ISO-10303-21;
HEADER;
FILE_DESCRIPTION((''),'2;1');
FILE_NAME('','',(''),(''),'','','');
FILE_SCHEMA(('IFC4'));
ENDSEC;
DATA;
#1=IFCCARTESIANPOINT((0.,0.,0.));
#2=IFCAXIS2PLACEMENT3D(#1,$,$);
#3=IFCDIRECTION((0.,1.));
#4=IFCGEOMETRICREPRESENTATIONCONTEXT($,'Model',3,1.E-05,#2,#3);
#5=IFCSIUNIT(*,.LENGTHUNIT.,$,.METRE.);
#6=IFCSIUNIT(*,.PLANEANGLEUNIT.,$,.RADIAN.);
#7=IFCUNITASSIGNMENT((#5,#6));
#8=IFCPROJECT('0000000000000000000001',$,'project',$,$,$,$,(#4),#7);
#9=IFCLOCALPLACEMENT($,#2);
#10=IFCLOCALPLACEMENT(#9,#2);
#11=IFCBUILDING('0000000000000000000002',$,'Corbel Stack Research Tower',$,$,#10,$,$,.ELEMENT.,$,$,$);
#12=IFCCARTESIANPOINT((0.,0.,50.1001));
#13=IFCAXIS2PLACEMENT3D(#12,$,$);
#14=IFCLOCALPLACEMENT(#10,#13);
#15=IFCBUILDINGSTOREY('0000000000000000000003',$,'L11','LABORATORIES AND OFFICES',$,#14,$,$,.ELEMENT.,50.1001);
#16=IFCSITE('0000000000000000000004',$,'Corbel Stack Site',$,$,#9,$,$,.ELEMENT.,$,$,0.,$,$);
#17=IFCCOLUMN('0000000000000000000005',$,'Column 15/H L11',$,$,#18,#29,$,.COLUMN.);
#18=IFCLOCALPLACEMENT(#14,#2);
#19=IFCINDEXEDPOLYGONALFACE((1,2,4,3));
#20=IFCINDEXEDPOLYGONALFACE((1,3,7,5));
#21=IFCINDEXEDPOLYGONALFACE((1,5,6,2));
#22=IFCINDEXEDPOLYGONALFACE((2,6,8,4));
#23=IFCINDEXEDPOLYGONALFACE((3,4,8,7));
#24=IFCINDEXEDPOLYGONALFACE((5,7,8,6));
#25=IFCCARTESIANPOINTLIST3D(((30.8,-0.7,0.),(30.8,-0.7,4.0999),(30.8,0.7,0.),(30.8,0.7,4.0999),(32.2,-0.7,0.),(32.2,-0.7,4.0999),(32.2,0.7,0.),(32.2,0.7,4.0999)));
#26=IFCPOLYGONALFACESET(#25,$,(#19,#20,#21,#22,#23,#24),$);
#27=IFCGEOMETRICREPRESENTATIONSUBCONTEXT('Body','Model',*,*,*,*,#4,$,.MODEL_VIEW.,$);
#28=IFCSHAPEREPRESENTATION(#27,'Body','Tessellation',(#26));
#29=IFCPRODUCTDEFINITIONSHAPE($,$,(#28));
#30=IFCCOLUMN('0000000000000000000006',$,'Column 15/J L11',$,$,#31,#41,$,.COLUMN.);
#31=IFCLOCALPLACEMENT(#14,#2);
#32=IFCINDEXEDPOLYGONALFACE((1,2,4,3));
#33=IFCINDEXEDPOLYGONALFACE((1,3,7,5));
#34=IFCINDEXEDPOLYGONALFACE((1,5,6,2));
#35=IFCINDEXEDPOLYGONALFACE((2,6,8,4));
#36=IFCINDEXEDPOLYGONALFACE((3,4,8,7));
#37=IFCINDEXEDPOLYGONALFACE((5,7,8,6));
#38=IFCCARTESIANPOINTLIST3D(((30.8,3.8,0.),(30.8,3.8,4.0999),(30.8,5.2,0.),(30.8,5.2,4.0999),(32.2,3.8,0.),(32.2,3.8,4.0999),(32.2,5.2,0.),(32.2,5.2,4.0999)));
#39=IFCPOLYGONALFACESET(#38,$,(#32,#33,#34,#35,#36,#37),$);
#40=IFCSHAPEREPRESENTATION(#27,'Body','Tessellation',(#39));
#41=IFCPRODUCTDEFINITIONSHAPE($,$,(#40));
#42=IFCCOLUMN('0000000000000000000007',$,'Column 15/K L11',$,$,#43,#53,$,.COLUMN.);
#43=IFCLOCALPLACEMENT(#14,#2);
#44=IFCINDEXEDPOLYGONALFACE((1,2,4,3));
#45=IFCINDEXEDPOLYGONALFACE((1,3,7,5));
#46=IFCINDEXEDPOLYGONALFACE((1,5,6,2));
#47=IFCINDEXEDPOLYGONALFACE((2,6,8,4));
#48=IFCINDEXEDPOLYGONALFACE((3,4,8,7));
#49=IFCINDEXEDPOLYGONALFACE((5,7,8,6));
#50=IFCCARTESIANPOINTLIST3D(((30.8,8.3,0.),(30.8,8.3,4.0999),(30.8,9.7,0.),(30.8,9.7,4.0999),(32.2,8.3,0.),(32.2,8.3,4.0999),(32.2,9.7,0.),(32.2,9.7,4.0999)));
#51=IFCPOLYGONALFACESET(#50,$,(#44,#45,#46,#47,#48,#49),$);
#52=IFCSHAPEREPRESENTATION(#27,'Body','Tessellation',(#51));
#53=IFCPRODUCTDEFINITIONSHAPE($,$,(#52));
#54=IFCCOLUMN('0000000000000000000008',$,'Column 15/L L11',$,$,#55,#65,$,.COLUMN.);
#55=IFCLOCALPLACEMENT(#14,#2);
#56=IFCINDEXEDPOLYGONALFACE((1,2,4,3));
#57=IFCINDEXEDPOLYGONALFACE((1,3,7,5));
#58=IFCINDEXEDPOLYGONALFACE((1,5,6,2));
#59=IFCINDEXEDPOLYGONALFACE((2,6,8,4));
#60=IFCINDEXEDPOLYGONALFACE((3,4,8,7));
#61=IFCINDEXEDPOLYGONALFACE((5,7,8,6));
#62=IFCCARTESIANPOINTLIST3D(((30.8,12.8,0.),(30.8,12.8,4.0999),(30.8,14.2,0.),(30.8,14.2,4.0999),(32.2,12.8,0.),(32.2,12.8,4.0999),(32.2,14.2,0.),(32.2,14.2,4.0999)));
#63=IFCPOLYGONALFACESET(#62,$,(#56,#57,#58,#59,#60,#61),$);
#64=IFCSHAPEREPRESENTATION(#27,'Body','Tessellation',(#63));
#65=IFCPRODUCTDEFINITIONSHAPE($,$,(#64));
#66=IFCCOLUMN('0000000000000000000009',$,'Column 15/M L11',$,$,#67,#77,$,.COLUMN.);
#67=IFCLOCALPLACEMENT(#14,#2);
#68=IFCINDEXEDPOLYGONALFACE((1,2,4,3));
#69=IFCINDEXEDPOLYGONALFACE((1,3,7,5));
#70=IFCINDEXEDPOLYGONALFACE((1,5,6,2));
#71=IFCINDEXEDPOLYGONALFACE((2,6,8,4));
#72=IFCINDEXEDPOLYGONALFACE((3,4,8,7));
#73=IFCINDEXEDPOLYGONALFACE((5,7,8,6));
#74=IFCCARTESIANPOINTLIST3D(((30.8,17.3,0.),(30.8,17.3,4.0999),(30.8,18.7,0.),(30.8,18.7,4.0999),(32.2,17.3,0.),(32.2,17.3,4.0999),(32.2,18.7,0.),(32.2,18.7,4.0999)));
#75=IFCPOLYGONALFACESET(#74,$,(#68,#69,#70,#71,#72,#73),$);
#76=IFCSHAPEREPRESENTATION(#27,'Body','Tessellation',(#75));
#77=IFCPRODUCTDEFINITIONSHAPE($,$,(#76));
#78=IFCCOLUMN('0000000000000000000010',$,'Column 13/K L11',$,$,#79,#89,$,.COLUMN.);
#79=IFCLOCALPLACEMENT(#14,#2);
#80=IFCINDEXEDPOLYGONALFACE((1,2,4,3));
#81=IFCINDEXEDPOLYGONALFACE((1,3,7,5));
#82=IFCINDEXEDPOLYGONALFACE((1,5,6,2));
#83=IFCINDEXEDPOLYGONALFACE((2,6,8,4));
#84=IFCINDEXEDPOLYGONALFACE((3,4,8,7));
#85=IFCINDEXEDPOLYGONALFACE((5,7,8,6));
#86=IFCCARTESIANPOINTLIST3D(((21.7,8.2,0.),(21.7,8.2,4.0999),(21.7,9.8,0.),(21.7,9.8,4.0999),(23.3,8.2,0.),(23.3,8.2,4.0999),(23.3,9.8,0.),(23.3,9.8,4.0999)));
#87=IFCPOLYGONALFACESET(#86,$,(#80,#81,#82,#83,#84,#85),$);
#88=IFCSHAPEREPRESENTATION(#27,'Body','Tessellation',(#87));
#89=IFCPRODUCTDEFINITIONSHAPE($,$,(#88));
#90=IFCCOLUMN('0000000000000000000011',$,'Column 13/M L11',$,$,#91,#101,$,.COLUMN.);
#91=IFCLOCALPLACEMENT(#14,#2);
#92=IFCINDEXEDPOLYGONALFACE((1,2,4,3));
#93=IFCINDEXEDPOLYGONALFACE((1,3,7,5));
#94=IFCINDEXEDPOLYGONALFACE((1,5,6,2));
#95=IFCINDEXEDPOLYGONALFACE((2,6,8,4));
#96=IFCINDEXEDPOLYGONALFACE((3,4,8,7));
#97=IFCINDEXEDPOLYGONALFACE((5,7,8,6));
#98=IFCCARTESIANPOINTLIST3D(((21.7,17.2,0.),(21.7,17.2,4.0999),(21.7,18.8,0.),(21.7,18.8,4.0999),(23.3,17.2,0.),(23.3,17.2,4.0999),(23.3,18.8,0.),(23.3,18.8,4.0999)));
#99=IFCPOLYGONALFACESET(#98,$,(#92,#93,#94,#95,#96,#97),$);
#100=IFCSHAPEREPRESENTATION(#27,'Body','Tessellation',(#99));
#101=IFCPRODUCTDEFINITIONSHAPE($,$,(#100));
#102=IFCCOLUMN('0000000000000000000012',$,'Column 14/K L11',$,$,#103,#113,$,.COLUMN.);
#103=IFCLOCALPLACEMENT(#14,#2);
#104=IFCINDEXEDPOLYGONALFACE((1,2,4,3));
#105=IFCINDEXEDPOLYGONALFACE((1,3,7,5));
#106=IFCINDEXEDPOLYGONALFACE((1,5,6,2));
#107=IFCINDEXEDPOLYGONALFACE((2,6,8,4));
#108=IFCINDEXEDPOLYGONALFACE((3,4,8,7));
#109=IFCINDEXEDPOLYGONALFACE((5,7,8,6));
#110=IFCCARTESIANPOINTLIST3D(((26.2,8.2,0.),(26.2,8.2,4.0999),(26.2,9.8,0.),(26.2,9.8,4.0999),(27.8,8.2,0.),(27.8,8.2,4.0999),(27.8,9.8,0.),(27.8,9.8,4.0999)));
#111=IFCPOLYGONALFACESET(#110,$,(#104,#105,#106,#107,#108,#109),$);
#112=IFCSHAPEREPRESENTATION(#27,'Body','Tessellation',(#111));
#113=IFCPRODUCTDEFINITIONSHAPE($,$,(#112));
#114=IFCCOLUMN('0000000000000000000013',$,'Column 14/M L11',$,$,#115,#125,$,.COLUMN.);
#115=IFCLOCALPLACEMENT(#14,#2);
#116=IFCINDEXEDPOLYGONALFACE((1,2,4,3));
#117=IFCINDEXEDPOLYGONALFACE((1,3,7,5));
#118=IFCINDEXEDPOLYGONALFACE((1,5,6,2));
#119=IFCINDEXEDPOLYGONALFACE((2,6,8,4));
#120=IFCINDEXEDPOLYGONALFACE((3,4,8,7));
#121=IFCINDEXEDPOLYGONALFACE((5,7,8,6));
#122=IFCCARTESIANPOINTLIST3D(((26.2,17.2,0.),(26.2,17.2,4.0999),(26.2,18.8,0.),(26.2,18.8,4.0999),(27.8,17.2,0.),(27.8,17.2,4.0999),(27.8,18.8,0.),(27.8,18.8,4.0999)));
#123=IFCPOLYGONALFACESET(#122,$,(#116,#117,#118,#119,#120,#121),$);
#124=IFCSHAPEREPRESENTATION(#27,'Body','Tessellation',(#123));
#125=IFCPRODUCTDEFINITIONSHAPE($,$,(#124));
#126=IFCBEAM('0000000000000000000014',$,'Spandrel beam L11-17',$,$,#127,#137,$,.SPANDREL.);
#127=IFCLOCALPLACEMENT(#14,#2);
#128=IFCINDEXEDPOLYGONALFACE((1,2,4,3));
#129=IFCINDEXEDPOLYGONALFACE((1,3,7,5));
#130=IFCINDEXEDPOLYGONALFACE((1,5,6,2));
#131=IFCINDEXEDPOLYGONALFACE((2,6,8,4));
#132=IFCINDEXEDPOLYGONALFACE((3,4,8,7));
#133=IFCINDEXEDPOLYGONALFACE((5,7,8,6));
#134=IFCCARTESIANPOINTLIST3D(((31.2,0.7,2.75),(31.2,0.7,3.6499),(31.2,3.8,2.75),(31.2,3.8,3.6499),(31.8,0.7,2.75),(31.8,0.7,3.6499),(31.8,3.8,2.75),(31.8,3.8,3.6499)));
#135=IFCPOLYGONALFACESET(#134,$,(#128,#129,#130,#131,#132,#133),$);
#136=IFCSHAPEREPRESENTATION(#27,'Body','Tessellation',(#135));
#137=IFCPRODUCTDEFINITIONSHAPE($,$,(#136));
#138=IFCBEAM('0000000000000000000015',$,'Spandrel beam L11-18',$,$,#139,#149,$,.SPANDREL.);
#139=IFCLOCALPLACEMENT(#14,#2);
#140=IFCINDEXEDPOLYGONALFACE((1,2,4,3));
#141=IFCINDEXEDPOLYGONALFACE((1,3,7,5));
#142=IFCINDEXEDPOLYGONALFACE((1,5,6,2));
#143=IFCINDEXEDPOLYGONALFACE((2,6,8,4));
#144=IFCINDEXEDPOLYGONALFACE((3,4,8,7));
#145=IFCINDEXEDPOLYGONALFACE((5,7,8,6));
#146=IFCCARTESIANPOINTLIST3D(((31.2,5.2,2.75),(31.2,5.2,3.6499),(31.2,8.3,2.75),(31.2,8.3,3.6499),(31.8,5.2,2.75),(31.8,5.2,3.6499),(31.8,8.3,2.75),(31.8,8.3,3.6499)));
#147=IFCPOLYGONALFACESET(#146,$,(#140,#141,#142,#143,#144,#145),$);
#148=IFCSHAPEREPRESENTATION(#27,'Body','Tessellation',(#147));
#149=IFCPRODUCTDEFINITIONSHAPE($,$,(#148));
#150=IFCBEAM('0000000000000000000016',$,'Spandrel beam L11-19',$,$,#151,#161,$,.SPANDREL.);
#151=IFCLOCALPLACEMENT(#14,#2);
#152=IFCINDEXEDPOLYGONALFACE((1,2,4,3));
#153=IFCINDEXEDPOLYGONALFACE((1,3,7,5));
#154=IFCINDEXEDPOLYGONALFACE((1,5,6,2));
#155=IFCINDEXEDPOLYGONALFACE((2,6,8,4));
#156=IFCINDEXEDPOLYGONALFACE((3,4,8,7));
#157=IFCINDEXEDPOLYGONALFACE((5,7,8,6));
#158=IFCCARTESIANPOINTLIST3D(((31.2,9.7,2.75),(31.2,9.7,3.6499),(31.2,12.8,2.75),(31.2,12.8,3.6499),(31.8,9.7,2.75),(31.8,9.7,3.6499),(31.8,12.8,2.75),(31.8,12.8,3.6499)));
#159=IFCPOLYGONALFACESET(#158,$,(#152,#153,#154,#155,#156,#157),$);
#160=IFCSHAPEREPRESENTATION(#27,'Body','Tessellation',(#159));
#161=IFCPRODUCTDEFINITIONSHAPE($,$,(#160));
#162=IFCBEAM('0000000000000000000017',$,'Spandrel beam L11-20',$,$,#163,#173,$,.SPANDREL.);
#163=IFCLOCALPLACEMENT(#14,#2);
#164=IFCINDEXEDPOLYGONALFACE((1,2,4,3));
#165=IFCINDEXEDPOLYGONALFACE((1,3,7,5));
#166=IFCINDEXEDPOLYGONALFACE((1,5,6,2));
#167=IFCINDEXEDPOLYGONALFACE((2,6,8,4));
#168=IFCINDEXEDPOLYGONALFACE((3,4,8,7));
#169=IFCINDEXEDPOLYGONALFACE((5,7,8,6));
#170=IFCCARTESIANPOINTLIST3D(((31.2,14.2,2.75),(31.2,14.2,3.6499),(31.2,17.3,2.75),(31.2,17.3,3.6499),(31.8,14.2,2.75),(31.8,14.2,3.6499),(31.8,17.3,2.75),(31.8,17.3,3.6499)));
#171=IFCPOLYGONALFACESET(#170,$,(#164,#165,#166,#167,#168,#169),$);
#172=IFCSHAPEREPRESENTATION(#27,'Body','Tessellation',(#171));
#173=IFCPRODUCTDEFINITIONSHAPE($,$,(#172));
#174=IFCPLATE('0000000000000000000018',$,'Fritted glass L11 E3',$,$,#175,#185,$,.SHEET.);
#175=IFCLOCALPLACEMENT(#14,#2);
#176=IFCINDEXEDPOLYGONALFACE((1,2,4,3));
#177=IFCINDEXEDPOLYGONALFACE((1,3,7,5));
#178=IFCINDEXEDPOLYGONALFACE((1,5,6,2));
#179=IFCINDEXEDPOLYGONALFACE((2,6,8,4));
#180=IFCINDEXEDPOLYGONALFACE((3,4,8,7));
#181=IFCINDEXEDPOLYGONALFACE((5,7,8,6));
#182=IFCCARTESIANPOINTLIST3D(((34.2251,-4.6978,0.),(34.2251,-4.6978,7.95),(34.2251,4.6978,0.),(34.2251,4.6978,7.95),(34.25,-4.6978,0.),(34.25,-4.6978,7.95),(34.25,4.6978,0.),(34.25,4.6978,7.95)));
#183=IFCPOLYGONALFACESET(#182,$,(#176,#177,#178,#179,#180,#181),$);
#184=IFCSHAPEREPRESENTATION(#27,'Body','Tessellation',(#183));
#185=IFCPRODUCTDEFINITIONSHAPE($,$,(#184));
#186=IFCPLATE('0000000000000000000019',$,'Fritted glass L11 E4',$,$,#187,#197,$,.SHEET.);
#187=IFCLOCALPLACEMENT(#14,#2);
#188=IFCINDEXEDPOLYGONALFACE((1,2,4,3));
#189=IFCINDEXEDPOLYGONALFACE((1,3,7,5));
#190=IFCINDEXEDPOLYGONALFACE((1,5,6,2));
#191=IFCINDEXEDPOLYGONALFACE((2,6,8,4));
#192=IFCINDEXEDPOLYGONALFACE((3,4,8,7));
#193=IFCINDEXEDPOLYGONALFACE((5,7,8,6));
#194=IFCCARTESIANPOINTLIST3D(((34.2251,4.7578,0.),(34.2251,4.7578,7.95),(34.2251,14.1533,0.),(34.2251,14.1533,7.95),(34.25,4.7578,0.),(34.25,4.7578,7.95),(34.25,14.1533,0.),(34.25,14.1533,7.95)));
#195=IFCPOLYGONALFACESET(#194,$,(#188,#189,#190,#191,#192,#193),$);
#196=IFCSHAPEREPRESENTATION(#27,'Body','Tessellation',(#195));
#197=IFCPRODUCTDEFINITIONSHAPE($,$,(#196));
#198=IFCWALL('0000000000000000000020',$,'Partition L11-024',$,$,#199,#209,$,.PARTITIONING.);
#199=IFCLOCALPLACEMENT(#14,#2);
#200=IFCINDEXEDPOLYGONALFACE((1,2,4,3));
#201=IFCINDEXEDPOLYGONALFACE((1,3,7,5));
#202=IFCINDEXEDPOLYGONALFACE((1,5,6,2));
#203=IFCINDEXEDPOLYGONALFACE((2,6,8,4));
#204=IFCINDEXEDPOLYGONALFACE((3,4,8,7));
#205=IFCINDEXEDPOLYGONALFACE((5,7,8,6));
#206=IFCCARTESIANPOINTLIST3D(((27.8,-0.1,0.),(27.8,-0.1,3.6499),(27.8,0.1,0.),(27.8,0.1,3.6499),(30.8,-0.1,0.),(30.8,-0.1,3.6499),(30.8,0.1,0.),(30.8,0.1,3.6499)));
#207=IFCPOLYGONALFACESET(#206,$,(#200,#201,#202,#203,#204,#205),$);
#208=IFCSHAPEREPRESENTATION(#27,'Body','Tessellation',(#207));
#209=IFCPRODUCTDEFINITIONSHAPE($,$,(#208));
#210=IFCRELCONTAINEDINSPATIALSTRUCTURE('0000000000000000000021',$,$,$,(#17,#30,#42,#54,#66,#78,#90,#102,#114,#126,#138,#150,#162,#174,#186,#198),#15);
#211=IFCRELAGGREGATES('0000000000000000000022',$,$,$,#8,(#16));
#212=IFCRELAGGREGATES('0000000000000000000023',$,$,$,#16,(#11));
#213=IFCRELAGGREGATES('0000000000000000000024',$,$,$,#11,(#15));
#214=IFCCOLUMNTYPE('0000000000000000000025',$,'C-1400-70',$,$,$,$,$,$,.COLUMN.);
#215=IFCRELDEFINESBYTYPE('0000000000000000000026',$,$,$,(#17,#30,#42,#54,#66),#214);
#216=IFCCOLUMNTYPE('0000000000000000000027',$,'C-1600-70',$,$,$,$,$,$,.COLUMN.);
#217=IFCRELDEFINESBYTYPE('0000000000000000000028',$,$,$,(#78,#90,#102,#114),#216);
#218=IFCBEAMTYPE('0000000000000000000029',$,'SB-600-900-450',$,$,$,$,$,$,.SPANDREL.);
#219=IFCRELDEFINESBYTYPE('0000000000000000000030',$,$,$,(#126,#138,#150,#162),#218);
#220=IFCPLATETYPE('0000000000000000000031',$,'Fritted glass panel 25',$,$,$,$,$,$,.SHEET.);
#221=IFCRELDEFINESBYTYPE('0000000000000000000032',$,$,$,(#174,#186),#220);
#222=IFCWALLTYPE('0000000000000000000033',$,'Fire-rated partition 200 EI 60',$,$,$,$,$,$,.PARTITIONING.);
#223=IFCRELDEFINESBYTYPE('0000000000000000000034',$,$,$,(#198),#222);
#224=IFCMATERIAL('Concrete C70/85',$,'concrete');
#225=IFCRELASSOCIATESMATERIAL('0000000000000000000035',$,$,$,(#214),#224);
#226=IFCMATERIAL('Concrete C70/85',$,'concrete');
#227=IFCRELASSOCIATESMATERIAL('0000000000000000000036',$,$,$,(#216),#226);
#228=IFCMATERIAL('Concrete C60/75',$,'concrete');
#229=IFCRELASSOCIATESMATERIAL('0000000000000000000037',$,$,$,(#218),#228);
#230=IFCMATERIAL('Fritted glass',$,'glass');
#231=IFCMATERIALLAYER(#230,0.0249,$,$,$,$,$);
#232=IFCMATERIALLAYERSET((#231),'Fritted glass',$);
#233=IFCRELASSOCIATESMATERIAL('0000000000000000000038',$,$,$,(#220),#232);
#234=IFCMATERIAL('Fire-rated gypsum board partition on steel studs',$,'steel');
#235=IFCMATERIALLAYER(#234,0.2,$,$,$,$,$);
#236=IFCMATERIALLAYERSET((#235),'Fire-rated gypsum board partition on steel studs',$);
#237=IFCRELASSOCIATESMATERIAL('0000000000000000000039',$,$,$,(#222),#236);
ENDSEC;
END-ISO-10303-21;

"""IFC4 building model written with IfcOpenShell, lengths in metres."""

from ifc_helpers import new_model, si_unit, direction, frame, frame_2d, origin, origin_2d, place, context, subcontext, project, spatial, rectangle, extrude, material, layer, layer_set, material_profile, profile_set, type_object, element, save


model = new_model("IFC4")

# Units and contexts
model_context = context("Model", 3, precision=1e-05, world=origin(), true_north=direction((0.0, 1.0)))
body_context = subcontext(model_context, "Body", "Model", "MODEL_VIEW")
ifc_project = project(units=[si_unit("LENGTHUNIT", "METRE"), si_unit("PLANEANGLEUNIT", "RADIAN")], contexts=[model_context])

# Site, building, storey
site_placement = place(None, origin())
site = spatial("IfcSite", under=ifc_project, at=site_placement, Name="Corbel Stack Site", CompositionType="ELEMENT", RefElevation=0.0)
building_placement = place(site_placement, origin())
building = spatial("IfcBuilding", under=site, at=building_placement, Name="Corbel Stack Research Tower", CompositionType="ELEMENT")
storey_placement = place(building_placement, frame((0.0, 0.0, 50.1001)))
storey = spatial("IfcBuildingStorey", under=building, at=storey_placement, Name="L11", Description="LABORATORIES AND OFFICES", CompositionType="ELEMENT", Elevation=50.1001)

# Columns
ifc_material_1 = material(Name="Concrete C70/85", Category="concrete")
ifc_material_profile_1 = material_profile(ifc_material_1, rectangle(XDim=1.3999, YDim=1.3999, at=origin_2d()), Name="RC 1400 x 1400")
ifc_profile_set_1 = profile_set([ifc_material_profile_1], Name="Concrete C70/85")
column_type_1 = type_object("IfcColumnType", Name="C-1400-70", PredefinedType="COLUMN", material=ifc_profile_set_1)
for number, where, z_axis, x_axis, name in (
    (1, (31.5, 0.0, 0.0), (0.0, 0.0, 1.0), (1.0, 0.0, 0.0), "Column 15/H L11"),
    (2, (31.5, 4.5, 0.0), (0.0, 0.0, 1.0), (1.0, 0.0, 0.0), "Column 15/J L11"),
    (3, (31.5, 9.0, 0.0), (0.0, 0.0, 1.0), (1.0, 0.0, 0.0), "Column 15/K L11"),
    (4, (31.5, 13.5, 0.0), (0.0, 0.0, 1.0), (1.0, 0.0, 0.0), "Column 15/L L11"),
    (5, (31.5, 18.0, 0.0), (0.0, 0.0, 1.0), (1.0, 0.0, 0.0), "Column 15/M L11"),
):
    element("IfcColumn", number, at=place(storey_placement, frame(where, z_axis=z_axis, x_axis=x_axis)), inside=storey, type_object=column_type_1, Name=name, PredefinedType="COLUMN", context=body_context, shape_type="SweptSolid", body=[
        extrude(rectangle(XDim=1.3999, YDim=1.3999, at=origin_2d()), origin(), (0.0, 0.0, 1.0), 4.0999),
    ])
ifc_material_2 = material(Name="Concrete C70/85", Category="concrete")
ifc_material_profile_2 = material_profile(ifc_material_2, rectangle(XDim=1.6001, YDim=1.6001, at=origin_2d()), Name="RC 1600 x 1600")
ifc_profile_set_2 = profile_set([ifc_material_profile_2], Name="Concrete C70/85")
column_type_2 = type_object("IfcColumnType", Name="C-1600-70", PredefinedType="COLUMN", material=ifc_profile_set_2)
for number, where, z_axis, x_axis, name in (
    (6, (22.5, 9.0, 0.0), (0.0, 0.0, 1.0), (1.0, 0.0, 0.0), "Column 13/K L11"),
    (7, (22.5, 18.0, 0.0), (0.0, 0.0, 1.0), (1.0, 0.0, 0.0), "Column 13/M L11"),
    (8, (27.0, 9.0, 0.0), (0.0, 0.0, 1.0), (1.0, 0.0, 0.0), "Column 14/K L11"),
    (9, (27.0, 18.0, 0.0), (0.0, 0.0, 1.0), (1.0, 0.0, 0.0), "Column 14/M L11"),
):
    element("IfcColumn", number, at=place(storey_placement, frame(where, z_axis=z_axis, x_axis=x_axis)), inside=storey, type_object=column_type_2, Name=name, PredefinedType="COLUMN", context=body_context, shape_type="SweptSolid", body=[
        extrude(rectangle(XDim=1.6001, YDim=1.6001, at=origin_2d()), origin(), (0.0, 0.0, 1.0), 4.0999),
    ])

# Beams
ifc_material_3 = material(Name="Concrete C60/75", Category="concrete")
ifc_material_profile_3 = material_profile(ifc_material_3, rectangle(XDim=0.6001, YDim=0.8999, at=origin_2d()), Name="RC 600 x 900")
ifc_profile_set_3 = profile_set([ifc_material_profile_3], Name="Concrete C60/75")
beam_type = type_object("IfcBeamType", Name="SB-600-900-450", PredefinedType="SPANDREL", material=ifc_profile_set_3)
for number, where, z_axis, x_axis, name in (
    (10, (31.5, 0.7, 3.2), (0.0, 1.0, 0.0), (-1.0, 0.0, 0.0), "Spandrel beam L11-17"),
    (11, (31.5, 5.2, 3.2), (0.0, 1.0, 0.0), (-1.0, 0.0, 0.0), "Spandrel beam L11-18"),
    (12, (31.5, 9.7, 3.2), (0.0, 1.0, 0.0), (-1.0, 0.0, 0.0), "Spandrel beam L11-19"),
    (13, (31.5, 14.2, 3.2), (0.0, 1.0, 0.0), (-1.0, 0.0, 0.0), "Spandrel beam L11-20"),
):
    element("IfcBeam", number, at=place(storey_placement, frame(where, z_axis=z_axis, x_axis=x_axis)), inside=storey, type_object=beam_type, Name=name, PredefinedType="SPANDREL", context=body_context, shape_type="SweptSolid", body=[
        extrude(rectangle(XDim=0.6001, YDim=0.8999, at=origin_2d()), origin(), (0.0, 0.0, 1.0), 3.1001),
    ])

# Plates
ifc_material_4 = material(Name="Fritted glass", Category="glass")
ifc_layer_1 = layer(ifc_material_4, 0.0249)
ifc_layer_set_1 = layer_set([ifc_layer_1], Name="Fritted glass")
plate_type = type_object("IfcPlateType", Name="Fritted glass panel 25", PredefinedType="SHEET", material=ifc_layer_set_1)
for number, where, z_axis, x_axis, name in (
    (14, (34.2375, 0.0, 0.0), (0.0, 0.0, 1.0), (0.0, 1.0, 0.0), "Fritted glass L11 E3"),
    (15, (34.2375, 9.4556, 0.0), (0.0, 0.0, 1.0), (0.0, 1.0, 0.0), "Fritted glass L11 E4"),
):
    element("IfcPlate", number, at=place(storey_placement, frame(where, z_axis=z_axis, x_axis=x_axis)), inside=storey, type_object=plate_type, Name=name, PredefinedType="SHEET", context=body_context, shape_type="SweptSolid", body=[
        extrude(rectangle(XDim=9.3955, YDim=0.0249, at=origin_2d()), origin(), (0.0, 0.0, 1.0), 7.95),
    ])

# Wall
ifc_material_5 = material(Name="Fire-rated gypsum board partition on steel studs", Category="steel")
ifc_layer_2 = layer(ifc_material_5, 0.2)
ifc_layer_set_2 = layer_set([ifc_layer_2], Name="Fire-rated gypsum board partition on steel studs")
wall_type_1 = type_object("IfcWallType", Name="Fire-rated partition 200 EI 60", PredefinedType="PARTITIONING", material=ifc_layer_set_2)
wall_1_placement = place(storey_placement, frame((27.8, 0.0, 0.0), z_axis=(0.0, 0.0, 1.0), x_axis=(1.0, 0.0, 0.0)))
element("IfcWall", 16, at=wall_1_placement, inside=storey, type_object=wall_type_1, Name="Partition L11-024", PredefinedType="PARTITIONING", context=body_context, shape_type="SweptSolid", body=[
    extrude(rectangle(XDim=3.0, YDim=0.2, at=frame_2d((1.5, 0.0))), origin(), (0.0, 0.0, 1.0), 3.6499),
])

save(model, "model.ifc")
